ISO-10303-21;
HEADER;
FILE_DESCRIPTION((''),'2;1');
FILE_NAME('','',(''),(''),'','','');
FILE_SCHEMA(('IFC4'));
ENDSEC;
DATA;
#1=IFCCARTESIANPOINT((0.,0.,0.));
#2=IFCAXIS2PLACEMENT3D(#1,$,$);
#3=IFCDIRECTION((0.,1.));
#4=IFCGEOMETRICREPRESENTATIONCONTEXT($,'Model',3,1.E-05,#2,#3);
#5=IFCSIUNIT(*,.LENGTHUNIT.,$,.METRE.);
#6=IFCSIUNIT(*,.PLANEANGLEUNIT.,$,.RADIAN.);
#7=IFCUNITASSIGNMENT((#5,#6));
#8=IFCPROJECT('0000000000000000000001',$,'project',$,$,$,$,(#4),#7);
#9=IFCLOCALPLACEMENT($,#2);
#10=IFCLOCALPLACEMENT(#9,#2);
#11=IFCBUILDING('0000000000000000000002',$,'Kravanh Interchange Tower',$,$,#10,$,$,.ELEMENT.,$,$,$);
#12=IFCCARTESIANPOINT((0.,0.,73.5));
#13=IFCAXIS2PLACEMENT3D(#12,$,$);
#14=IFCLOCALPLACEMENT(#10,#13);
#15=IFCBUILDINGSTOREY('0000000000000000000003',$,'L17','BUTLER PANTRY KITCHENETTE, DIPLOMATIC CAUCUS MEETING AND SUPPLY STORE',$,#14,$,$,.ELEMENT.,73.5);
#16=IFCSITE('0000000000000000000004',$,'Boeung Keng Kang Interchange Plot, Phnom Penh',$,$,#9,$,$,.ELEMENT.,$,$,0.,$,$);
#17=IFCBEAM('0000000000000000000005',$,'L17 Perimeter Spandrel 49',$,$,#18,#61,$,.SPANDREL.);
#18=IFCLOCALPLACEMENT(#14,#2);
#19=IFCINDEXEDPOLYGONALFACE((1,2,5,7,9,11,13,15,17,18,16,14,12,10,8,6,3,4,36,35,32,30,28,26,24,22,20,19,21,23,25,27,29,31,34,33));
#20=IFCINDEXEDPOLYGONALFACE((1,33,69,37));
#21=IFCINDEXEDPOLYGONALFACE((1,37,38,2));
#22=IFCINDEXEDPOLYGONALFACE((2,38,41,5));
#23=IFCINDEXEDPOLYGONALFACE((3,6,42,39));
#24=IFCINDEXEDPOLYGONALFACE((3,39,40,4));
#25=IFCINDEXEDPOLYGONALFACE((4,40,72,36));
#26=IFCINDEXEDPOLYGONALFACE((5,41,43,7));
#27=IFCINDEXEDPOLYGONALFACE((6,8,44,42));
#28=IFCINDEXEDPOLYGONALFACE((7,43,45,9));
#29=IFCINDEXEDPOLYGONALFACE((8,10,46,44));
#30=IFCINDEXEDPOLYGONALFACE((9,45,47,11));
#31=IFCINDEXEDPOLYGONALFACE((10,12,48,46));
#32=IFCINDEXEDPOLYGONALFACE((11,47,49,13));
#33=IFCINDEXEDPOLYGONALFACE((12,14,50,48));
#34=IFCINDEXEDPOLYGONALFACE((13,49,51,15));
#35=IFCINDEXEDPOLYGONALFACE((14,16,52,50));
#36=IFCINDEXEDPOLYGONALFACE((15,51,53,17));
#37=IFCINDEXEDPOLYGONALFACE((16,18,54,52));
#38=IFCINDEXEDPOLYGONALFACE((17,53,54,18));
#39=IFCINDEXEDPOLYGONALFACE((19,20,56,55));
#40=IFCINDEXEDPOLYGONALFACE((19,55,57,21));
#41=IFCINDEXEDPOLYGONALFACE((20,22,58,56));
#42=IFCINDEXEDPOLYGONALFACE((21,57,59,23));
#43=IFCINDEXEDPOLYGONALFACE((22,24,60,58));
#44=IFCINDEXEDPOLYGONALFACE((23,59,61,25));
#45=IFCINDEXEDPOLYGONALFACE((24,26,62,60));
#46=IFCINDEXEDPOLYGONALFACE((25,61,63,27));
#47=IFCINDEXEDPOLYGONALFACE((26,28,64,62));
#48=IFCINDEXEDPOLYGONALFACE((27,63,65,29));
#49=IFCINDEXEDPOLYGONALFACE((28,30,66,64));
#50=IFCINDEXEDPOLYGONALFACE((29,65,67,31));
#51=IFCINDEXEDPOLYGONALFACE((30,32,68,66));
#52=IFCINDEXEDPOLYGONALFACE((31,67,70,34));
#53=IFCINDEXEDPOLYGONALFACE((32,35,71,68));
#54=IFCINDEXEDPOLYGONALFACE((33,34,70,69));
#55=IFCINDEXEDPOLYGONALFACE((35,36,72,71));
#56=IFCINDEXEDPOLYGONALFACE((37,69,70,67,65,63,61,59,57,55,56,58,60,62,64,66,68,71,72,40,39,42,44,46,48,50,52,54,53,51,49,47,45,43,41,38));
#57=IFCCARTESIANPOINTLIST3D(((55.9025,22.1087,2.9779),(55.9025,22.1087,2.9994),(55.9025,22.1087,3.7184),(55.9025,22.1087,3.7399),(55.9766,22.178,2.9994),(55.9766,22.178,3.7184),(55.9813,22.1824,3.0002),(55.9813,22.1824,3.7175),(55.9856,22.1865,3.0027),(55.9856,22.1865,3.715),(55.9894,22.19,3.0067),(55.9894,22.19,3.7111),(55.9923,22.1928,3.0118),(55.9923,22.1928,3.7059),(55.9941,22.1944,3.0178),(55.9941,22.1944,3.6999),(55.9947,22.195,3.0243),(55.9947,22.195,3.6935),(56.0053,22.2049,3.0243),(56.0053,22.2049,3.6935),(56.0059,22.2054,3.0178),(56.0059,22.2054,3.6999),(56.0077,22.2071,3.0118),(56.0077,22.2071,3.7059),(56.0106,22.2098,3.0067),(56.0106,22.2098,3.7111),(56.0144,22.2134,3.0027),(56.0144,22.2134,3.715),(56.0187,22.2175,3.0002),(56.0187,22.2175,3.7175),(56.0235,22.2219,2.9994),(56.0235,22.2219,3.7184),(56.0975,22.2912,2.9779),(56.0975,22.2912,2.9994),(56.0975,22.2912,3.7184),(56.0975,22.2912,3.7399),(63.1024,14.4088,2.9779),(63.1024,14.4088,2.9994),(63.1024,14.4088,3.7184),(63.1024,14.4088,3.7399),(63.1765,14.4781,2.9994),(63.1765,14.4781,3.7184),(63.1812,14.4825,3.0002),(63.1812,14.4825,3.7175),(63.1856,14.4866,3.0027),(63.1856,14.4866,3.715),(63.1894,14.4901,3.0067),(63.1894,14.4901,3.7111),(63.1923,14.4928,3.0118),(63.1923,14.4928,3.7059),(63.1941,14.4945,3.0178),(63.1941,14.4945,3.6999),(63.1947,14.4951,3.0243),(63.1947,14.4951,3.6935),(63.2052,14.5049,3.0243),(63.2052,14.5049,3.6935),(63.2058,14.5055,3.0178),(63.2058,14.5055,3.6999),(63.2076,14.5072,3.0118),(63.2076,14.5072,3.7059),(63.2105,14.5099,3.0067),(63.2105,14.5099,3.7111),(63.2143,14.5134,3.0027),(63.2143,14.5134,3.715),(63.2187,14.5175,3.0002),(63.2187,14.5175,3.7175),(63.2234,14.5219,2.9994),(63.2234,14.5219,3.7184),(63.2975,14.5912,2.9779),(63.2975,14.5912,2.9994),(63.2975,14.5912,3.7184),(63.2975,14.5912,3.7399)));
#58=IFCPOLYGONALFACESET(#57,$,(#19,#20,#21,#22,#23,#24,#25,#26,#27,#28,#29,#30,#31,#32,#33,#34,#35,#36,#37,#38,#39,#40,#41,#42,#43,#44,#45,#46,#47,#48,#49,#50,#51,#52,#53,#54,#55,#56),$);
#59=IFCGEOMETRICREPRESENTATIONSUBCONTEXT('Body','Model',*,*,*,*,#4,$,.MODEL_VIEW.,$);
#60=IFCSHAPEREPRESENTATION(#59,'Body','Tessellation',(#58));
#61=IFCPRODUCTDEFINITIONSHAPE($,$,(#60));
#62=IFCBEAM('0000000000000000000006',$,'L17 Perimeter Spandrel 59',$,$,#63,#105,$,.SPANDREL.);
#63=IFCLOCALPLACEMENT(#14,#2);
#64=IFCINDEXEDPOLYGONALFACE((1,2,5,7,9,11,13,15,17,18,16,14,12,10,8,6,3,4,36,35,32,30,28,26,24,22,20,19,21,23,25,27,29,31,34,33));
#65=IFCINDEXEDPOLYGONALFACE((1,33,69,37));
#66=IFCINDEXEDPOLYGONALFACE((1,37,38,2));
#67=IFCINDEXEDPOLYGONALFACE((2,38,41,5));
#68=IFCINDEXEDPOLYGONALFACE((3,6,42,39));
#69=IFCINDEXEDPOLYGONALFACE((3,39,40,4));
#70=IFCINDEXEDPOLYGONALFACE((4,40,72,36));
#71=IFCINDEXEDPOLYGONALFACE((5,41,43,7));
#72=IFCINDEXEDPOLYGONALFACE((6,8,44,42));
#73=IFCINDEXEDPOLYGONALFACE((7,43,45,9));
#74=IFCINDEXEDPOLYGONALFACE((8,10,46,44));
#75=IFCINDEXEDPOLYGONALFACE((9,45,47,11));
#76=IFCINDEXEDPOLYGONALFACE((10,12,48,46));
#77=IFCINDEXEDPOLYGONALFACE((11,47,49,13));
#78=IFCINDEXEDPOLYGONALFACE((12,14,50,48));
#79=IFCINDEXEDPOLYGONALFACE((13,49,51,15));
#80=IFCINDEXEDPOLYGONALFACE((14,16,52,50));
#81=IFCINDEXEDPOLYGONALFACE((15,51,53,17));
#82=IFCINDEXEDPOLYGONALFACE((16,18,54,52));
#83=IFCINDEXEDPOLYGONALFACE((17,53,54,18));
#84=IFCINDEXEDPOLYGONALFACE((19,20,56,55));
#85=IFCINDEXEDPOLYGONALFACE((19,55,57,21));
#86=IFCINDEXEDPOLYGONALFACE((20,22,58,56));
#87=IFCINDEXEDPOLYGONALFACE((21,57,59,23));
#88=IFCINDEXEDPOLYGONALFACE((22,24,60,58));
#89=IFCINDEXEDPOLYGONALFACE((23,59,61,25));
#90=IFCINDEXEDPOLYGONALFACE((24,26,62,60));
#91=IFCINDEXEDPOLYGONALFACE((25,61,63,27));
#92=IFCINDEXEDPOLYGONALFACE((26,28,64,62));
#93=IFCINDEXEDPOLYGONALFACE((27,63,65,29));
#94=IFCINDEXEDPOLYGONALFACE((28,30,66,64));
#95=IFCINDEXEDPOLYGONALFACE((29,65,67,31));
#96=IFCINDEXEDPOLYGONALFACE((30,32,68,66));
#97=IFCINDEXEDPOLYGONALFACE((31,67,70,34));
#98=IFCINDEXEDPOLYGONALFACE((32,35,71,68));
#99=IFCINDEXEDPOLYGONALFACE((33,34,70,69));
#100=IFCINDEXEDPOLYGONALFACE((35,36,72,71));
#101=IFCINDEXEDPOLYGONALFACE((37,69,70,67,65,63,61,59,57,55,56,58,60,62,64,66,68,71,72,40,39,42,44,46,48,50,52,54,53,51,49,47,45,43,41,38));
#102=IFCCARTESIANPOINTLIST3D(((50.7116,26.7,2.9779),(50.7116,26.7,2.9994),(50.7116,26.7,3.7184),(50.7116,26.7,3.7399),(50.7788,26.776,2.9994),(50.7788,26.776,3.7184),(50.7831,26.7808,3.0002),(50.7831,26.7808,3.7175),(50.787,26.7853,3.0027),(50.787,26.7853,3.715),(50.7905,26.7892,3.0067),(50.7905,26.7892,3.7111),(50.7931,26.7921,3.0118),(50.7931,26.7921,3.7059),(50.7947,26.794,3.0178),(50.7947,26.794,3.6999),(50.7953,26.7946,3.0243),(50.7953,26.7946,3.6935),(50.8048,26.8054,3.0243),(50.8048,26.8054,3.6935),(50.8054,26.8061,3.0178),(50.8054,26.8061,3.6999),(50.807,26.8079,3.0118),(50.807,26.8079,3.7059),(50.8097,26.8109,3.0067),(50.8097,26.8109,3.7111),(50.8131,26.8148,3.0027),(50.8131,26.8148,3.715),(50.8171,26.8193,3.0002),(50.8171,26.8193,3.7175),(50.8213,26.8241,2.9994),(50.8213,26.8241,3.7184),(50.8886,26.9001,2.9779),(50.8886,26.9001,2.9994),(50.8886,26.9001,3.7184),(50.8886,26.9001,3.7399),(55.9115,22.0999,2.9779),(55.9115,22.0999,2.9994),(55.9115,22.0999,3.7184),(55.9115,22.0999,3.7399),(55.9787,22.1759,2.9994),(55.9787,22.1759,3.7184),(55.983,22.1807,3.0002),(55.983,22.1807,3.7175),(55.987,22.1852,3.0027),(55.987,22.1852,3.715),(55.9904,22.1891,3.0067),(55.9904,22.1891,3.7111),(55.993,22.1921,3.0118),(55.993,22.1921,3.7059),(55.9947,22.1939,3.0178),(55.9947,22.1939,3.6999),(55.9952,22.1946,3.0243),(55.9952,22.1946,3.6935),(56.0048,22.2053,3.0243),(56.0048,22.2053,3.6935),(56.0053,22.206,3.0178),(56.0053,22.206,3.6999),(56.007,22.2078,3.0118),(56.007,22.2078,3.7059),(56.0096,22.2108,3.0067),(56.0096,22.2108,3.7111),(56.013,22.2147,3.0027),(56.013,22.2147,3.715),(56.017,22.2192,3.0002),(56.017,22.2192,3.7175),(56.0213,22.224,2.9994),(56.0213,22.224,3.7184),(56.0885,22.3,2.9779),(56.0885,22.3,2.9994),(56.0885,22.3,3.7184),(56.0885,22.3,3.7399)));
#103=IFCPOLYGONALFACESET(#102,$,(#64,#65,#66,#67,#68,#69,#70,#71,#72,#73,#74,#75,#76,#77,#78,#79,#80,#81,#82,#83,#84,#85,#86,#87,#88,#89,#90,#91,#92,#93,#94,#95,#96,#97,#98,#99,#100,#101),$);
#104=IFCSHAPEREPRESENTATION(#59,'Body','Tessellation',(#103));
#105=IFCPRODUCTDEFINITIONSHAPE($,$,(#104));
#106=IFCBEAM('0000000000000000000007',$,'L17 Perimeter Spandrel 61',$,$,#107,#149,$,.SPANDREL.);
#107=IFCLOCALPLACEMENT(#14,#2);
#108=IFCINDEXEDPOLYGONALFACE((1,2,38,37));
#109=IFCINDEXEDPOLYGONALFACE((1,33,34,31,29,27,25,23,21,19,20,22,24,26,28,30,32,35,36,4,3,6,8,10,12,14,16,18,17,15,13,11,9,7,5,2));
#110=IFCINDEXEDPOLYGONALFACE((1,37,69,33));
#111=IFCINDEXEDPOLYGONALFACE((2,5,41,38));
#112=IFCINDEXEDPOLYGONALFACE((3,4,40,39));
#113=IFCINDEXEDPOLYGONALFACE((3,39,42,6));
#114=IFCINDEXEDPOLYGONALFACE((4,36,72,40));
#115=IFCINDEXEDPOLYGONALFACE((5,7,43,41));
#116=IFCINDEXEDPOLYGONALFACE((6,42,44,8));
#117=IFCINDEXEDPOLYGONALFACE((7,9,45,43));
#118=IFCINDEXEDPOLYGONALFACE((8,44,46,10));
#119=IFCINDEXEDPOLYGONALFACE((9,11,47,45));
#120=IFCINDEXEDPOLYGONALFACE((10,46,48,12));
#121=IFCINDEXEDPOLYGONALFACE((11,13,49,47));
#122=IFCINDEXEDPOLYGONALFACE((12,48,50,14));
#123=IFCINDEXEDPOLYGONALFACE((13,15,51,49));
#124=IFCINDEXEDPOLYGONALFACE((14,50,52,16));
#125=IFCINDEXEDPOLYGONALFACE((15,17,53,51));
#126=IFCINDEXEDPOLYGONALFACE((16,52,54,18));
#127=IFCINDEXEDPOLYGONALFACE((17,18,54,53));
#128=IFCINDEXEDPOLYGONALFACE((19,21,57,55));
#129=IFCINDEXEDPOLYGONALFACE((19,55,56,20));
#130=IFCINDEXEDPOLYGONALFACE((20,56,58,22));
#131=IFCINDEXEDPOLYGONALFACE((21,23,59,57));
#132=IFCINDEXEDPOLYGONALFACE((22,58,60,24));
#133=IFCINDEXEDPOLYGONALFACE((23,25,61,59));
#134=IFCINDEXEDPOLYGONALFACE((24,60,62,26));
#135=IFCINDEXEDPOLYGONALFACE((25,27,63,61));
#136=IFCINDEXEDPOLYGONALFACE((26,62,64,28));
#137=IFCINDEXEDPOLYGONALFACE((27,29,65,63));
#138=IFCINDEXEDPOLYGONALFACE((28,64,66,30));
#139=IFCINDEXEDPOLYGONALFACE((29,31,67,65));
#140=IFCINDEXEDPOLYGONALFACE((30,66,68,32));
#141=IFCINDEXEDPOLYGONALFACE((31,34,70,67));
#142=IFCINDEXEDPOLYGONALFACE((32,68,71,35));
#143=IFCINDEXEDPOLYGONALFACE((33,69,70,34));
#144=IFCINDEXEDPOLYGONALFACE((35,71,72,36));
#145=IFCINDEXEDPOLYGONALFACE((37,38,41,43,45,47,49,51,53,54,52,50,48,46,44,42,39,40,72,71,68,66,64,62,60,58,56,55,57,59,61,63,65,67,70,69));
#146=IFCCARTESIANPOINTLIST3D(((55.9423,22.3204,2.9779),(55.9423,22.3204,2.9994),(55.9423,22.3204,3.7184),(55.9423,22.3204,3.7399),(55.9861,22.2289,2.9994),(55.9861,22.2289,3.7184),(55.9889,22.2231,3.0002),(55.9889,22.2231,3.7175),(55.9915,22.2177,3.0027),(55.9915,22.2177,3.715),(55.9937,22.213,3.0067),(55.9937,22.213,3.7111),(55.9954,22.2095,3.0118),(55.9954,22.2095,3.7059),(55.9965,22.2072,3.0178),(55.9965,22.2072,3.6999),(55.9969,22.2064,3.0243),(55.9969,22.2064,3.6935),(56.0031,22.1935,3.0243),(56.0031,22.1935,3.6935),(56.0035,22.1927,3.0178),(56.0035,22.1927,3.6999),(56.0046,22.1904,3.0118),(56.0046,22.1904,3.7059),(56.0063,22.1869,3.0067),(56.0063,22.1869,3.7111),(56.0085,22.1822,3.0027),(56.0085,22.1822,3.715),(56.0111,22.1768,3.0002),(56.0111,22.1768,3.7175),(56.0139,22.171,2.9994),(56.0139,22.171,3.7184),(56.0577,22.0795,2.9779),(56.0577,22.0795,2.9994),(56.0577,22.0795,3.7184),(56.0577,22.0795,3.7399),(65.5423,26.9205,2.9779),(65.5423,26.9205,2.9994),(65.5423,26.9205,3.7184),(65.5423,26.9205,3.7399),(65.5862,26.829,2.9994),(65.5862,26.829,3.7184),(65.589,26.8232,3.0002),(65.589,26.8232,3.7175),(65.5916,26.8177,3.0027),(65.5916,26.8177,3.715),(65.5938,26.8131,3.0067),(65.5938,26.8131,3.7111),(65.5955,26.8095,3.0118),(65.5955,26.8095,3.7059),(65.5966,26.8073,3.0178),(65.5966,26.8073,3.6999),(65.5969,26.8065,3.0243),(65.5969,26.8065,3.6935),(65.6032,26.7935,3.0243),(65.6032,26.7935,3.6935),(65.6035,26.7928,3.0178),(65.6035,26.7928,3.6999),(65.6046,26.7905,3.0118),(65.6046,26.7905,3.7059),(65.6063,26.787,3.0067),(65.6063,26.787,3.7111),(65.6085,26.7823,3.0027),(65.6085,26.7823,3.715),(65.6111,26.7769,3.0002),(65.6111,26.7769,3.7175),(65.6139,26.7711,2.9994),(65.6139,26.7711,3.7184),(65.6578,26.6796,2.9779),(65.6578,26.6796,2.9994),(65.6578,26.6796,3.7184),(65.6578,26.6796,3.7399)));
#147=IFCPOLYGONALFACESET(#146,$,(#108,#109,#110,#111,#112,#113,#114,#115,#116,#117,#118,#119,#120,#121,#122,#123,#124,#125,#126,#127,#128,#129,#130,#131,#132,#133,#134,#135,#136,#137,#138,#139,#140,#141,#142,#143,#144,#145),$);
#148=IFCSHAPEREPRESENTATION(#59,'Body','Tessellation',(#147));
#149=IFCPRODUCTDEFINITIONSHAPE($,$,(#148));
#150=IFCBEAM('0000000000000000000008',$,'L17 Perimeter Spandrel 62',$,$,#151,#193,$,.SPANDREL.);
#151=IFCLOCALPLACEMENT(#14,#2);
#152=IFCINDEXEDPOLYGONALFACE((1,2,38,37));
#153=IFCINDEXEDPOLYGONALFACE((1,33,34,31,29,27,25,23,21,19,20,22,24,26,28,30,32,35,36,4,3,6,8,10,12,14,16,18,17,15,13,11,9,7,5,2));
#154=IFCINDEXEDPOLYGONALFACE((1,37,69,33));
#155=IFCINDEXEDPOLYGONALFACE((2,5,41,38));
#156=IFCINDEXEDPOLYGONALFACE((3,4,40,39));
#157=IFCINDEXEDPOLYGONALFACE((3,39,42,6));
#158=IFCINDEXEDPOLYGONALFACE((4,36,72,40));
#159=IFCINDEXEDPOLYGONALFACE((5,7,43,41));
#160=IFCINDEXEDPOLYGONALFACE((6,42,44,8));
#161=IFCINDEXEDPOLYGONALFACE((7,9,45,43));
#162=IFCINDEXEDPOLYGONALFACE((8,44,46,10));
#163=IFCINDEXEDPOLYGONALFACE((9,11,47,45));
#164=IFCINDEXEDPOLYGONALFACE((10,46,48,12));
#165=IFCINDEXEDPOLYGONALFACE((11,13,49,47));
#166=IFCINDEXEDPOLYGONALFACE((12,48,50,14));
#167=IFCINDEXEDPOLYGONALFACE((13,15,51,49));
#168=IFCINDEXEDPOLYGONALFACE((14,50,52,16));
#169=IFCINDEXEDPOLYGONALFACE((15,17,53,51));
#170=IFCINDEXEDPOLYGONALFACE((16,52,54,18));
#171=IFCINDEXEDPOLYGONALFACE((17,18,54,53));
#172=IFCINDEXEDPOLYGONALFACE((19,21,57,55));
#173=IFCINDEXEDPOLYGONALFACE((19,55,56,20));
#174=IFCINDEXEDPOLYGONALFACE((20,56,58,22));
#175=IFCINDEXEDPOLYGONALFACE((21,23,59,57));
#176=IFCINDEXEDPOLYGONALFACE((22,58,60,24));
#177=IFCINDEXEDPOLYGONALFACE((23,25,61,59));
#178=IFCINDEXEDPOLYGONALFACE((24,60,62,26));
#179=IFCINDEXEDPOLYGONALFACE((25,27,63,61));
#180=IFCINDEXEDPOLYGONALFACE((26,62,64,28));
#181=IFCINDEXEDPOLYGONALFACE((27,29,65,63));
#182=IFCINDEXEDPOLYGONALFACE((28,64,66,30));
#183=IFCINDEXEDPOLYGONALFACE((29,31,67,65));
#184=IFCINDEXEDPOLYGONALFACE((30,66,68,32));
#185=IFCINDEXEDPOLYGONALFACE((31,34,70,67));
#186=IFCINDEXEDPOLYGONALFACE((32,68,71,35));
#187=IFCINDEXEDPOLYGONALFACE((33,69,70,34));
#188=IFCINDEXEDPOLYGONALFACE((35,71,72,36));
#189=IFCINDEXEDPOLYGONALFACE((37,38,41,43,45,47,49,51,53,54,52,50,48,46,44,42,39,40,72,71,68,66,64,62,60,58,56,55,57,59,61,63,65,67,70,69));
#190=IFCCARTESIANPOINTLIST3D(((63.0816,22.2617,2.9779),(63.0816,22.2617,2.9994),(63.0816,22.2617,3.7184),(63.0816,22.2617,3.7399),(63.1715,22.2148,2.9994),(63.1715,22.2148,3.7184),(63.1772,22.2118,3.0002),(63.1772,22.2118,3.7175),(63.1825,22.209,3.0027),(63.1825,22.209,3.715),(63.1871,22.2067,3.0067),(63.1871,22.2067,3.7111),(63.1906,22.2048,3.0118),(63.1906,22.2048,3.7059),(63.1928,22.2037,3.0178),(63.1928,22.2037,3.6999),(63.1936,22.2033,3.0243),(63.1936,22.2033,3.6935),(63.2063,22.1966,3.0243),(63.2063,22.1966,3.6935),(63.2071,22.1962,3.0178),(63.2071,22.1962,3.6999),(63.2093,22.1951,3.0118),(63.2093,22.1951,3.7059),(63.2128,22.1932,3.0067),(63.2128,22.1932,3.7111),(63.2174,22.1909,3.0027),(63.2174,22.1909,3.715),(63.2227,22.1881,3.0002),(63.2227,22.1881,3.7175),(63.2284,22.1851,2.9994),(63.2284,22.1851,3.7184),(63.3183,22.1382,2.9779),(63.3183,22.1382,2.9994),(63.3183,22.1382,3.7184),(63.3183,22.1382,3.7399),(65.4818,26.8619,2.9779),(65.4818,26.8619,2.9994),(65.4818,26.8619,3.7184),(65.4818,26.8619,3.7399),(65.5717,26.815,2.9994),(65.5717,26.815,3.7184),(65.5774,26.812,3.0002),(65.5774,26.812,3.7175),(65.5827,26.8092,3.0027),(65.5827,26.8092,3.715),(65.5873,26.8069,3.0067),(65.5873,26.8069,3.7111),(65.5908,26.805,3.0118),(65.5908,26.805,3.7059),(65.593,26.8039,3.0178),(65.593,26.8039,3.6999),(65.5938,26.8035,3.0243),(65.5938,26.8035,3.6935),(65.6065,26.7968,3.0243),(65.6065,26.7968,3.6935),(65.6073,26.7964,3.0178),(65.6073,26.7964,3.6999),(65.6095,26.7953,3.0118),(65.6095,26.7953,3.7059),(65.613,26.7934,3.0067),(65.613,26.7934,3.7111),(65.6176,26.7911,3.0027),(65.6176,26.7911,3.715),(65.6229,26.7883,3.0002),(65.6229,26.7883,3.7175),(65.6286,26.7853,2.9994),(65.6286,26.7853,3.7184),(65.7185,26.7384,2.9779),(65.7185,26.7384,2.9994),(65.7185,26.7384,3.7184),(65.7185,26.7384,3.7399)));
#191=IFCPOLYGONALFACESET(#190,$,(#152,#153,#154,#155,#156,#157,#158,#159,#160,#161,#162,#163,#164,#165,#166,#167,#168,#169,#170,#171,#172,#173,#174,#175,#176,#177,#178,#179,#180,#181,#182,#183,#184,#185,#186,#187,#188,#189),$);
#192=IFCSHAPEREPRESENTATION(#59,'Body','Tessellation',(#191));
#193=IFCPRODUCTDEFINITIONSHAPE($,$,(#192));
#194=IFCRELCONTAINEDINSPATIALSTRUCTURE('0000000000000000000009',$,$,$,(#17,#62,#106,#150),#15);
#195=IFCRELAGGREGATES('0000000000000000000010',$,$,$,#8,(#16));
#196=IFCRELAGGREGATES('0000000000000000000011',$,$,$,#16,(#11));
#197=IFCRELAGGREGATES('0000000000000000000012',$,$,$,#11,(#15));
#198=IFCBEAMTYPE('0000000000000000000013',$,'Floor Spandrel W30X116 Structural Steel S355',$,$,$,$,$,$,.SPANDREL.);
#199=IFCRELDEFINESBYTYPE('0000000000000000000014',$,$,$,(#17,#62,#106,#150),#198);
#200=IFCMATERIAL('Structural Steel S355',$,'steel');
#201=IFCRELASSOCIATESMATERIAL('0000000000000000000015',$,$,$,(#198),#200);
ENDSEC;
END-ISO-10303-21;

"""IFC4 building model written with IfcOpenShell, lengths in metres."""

from ifc_helpers import new_model, si_unit, direction, frame, origin, origin_2d, place, context, subcontext, project, spatial, i_section, extrude, material, material_profile, profile_set, type_object, element, save


model = new_model("IFC4")

# Units and contexts
model_context = context("Model", 3, precision=1e-05, world=origin(), true_north=direction((0.0, 1.0)))
body_context = subcontext(model_context, "Body", "Model", "MODEL_VIEW")
ifc_project = project(units=[si_unit("LENGTHUNIT", "METRE"), si_unit("PLANEANGLEUNIT", "RADIAN")], contexts=[model_context])

# Site, building, storey
site_placement = place(None, origin())
site = spatial("IfcSite", under=ifc_project, at=site_placement, Name="Boeung Keng Kang Interchange Plot, Phnom Penh", CompositionType="ELEMENT", RefElevation=0.0)
building_placement = place(site_placement, origin())
building = spatial("IfcBuilding", under=site, at=building_placement, Name="Kravanh Interchange Tower", CompositionType="ELEMENT")
storey_placement = place(building_placement, frame((0.0, 0.0, 73.5)))
storey = spatial("IfcBuildingStorey", under=building, at=storey_placement, Name="L17", Description="BUTLER PANTRY KITCHENETTE, DIPLOMATIC CAUCUS MEETING AND SUPPLY STORE", CompositionType="ELEMENT", Elevation=73.5)

# Beams
ifc_material_1 = material(Name="Structural Steel S355", Category="steel")
ifc_material_profile_1 = material_profile(ifc_material_1, i_section(OverallWidth=0.2671, OverallDepth=0.762, WebThickness=0.0144, FlangeThickness=0.0215, FilletRadius=0.0249, at=origin_2d()), Name="W30X116")
ifc_profile_set_1 = profile_set([ifc_material_profile_1], Name="Structural Steel S355")
beam_type_1 = type_object("IfcBeamType", Name="Floor Spandrel W30X116 Structural Steel S355", PredefinedType="SPANDREL", material=ifc_profile_set_1)
beam_1_placement = place(storey_placement, frame((63.2, 14.5, 3.3589), z_axis=(-0.682994, 0.730424, 0.0), x_axis=(-0.730424, -0.682994, 0.0)))
element("IfcBeam", 1, at=beam_1_placement, inside=storey, type_object=beam_type_1, Name="L17 Perimeter Spandrel 49", PredefinedType="SPANDREL", context=body_context, shape_type="SweptSolid", body=[
    extrude(i_section(OverallWidth=0.2671, OverallDepth=0.762, WebThickness=0.0144, FlangeThickness=0.0215, FilletRadius=0.0249, at=origin_2d()), origin(), (0.0, 0.0, 1.0), 10.5417),
])
beam_2_placement = place(storey_placement, frame((56.0, 22.2, 3.3589), z_axis=(-0.748986, 0.662585, 0.0), x_axis=(-0.662585, -0.748986, 0.0)))
element("IfcBeam", 2, at=beam_2_placement, inside=storey, type_object=beam_type_1, Name="L17 Perimeter Spandrel 59", PredefinedType="SPANDREL", context=body_context, shape_type="SweptSolid", body=[
    extrude(i_section(OverallWidth=0.2671, OverallDepth=0.762, WebThickness=0.0144, FlangeThickness=0.0215, FilletRadius=0.0249, at=origin_2d()), origin(), (0.0, 0.0, 1.0), 6.9426),
])
beam_3_placement = place(storey_placement, frame((56.0, 22.2, 3.3589), z_axis=(0.901814, 0.432124, 0.0), x_axis=(-0.432124, 0.901814, 0.0)))
element("IfcBeam", 3, at=beam_3_placement, inside=storey, type_object=beam_type_1, Name="L17 Perimeter Spandrel 61", PredefinedType="SPANDREL", context=body_context, shape_type="SweptSolid", body=[
    extrude(i_section(OverallWidth=0.2671, OverallDepth=0.762, WebThickness=0.0144, FlangeThickness=0.0215, FilletRadius=0.0249, at=origin_2d()), origin(), (0.0, 0.0, 1.0), 10.6453),
])
beam_4_placement = place(storey_placement, frame((63.2, 22.2, 3.3589), z_axis=(0.46258, 0.886577, 0.0), x_axis=(-0.886577, 0.46258, 0.0)))
element("IfcBeam", 4, at=beam_4_placement, inside=storey, type_object=beam_type_1, Name="L17 Perimeter Spandrel 62", PredefinedType="SPANDREL", context=body_context, shape_type="SweptSolid", body=[
    extrude(i_section(OverallWidth=0.2671, OverallDepth=0.762, WebThickness=0.0144, FlangeThickness=0.0215, FilletRadius=0.0249, at=origin_2d()), origin(), (0.0, 0.0, 1.0), 5.1887),
])

save(model, "model.ifc")
